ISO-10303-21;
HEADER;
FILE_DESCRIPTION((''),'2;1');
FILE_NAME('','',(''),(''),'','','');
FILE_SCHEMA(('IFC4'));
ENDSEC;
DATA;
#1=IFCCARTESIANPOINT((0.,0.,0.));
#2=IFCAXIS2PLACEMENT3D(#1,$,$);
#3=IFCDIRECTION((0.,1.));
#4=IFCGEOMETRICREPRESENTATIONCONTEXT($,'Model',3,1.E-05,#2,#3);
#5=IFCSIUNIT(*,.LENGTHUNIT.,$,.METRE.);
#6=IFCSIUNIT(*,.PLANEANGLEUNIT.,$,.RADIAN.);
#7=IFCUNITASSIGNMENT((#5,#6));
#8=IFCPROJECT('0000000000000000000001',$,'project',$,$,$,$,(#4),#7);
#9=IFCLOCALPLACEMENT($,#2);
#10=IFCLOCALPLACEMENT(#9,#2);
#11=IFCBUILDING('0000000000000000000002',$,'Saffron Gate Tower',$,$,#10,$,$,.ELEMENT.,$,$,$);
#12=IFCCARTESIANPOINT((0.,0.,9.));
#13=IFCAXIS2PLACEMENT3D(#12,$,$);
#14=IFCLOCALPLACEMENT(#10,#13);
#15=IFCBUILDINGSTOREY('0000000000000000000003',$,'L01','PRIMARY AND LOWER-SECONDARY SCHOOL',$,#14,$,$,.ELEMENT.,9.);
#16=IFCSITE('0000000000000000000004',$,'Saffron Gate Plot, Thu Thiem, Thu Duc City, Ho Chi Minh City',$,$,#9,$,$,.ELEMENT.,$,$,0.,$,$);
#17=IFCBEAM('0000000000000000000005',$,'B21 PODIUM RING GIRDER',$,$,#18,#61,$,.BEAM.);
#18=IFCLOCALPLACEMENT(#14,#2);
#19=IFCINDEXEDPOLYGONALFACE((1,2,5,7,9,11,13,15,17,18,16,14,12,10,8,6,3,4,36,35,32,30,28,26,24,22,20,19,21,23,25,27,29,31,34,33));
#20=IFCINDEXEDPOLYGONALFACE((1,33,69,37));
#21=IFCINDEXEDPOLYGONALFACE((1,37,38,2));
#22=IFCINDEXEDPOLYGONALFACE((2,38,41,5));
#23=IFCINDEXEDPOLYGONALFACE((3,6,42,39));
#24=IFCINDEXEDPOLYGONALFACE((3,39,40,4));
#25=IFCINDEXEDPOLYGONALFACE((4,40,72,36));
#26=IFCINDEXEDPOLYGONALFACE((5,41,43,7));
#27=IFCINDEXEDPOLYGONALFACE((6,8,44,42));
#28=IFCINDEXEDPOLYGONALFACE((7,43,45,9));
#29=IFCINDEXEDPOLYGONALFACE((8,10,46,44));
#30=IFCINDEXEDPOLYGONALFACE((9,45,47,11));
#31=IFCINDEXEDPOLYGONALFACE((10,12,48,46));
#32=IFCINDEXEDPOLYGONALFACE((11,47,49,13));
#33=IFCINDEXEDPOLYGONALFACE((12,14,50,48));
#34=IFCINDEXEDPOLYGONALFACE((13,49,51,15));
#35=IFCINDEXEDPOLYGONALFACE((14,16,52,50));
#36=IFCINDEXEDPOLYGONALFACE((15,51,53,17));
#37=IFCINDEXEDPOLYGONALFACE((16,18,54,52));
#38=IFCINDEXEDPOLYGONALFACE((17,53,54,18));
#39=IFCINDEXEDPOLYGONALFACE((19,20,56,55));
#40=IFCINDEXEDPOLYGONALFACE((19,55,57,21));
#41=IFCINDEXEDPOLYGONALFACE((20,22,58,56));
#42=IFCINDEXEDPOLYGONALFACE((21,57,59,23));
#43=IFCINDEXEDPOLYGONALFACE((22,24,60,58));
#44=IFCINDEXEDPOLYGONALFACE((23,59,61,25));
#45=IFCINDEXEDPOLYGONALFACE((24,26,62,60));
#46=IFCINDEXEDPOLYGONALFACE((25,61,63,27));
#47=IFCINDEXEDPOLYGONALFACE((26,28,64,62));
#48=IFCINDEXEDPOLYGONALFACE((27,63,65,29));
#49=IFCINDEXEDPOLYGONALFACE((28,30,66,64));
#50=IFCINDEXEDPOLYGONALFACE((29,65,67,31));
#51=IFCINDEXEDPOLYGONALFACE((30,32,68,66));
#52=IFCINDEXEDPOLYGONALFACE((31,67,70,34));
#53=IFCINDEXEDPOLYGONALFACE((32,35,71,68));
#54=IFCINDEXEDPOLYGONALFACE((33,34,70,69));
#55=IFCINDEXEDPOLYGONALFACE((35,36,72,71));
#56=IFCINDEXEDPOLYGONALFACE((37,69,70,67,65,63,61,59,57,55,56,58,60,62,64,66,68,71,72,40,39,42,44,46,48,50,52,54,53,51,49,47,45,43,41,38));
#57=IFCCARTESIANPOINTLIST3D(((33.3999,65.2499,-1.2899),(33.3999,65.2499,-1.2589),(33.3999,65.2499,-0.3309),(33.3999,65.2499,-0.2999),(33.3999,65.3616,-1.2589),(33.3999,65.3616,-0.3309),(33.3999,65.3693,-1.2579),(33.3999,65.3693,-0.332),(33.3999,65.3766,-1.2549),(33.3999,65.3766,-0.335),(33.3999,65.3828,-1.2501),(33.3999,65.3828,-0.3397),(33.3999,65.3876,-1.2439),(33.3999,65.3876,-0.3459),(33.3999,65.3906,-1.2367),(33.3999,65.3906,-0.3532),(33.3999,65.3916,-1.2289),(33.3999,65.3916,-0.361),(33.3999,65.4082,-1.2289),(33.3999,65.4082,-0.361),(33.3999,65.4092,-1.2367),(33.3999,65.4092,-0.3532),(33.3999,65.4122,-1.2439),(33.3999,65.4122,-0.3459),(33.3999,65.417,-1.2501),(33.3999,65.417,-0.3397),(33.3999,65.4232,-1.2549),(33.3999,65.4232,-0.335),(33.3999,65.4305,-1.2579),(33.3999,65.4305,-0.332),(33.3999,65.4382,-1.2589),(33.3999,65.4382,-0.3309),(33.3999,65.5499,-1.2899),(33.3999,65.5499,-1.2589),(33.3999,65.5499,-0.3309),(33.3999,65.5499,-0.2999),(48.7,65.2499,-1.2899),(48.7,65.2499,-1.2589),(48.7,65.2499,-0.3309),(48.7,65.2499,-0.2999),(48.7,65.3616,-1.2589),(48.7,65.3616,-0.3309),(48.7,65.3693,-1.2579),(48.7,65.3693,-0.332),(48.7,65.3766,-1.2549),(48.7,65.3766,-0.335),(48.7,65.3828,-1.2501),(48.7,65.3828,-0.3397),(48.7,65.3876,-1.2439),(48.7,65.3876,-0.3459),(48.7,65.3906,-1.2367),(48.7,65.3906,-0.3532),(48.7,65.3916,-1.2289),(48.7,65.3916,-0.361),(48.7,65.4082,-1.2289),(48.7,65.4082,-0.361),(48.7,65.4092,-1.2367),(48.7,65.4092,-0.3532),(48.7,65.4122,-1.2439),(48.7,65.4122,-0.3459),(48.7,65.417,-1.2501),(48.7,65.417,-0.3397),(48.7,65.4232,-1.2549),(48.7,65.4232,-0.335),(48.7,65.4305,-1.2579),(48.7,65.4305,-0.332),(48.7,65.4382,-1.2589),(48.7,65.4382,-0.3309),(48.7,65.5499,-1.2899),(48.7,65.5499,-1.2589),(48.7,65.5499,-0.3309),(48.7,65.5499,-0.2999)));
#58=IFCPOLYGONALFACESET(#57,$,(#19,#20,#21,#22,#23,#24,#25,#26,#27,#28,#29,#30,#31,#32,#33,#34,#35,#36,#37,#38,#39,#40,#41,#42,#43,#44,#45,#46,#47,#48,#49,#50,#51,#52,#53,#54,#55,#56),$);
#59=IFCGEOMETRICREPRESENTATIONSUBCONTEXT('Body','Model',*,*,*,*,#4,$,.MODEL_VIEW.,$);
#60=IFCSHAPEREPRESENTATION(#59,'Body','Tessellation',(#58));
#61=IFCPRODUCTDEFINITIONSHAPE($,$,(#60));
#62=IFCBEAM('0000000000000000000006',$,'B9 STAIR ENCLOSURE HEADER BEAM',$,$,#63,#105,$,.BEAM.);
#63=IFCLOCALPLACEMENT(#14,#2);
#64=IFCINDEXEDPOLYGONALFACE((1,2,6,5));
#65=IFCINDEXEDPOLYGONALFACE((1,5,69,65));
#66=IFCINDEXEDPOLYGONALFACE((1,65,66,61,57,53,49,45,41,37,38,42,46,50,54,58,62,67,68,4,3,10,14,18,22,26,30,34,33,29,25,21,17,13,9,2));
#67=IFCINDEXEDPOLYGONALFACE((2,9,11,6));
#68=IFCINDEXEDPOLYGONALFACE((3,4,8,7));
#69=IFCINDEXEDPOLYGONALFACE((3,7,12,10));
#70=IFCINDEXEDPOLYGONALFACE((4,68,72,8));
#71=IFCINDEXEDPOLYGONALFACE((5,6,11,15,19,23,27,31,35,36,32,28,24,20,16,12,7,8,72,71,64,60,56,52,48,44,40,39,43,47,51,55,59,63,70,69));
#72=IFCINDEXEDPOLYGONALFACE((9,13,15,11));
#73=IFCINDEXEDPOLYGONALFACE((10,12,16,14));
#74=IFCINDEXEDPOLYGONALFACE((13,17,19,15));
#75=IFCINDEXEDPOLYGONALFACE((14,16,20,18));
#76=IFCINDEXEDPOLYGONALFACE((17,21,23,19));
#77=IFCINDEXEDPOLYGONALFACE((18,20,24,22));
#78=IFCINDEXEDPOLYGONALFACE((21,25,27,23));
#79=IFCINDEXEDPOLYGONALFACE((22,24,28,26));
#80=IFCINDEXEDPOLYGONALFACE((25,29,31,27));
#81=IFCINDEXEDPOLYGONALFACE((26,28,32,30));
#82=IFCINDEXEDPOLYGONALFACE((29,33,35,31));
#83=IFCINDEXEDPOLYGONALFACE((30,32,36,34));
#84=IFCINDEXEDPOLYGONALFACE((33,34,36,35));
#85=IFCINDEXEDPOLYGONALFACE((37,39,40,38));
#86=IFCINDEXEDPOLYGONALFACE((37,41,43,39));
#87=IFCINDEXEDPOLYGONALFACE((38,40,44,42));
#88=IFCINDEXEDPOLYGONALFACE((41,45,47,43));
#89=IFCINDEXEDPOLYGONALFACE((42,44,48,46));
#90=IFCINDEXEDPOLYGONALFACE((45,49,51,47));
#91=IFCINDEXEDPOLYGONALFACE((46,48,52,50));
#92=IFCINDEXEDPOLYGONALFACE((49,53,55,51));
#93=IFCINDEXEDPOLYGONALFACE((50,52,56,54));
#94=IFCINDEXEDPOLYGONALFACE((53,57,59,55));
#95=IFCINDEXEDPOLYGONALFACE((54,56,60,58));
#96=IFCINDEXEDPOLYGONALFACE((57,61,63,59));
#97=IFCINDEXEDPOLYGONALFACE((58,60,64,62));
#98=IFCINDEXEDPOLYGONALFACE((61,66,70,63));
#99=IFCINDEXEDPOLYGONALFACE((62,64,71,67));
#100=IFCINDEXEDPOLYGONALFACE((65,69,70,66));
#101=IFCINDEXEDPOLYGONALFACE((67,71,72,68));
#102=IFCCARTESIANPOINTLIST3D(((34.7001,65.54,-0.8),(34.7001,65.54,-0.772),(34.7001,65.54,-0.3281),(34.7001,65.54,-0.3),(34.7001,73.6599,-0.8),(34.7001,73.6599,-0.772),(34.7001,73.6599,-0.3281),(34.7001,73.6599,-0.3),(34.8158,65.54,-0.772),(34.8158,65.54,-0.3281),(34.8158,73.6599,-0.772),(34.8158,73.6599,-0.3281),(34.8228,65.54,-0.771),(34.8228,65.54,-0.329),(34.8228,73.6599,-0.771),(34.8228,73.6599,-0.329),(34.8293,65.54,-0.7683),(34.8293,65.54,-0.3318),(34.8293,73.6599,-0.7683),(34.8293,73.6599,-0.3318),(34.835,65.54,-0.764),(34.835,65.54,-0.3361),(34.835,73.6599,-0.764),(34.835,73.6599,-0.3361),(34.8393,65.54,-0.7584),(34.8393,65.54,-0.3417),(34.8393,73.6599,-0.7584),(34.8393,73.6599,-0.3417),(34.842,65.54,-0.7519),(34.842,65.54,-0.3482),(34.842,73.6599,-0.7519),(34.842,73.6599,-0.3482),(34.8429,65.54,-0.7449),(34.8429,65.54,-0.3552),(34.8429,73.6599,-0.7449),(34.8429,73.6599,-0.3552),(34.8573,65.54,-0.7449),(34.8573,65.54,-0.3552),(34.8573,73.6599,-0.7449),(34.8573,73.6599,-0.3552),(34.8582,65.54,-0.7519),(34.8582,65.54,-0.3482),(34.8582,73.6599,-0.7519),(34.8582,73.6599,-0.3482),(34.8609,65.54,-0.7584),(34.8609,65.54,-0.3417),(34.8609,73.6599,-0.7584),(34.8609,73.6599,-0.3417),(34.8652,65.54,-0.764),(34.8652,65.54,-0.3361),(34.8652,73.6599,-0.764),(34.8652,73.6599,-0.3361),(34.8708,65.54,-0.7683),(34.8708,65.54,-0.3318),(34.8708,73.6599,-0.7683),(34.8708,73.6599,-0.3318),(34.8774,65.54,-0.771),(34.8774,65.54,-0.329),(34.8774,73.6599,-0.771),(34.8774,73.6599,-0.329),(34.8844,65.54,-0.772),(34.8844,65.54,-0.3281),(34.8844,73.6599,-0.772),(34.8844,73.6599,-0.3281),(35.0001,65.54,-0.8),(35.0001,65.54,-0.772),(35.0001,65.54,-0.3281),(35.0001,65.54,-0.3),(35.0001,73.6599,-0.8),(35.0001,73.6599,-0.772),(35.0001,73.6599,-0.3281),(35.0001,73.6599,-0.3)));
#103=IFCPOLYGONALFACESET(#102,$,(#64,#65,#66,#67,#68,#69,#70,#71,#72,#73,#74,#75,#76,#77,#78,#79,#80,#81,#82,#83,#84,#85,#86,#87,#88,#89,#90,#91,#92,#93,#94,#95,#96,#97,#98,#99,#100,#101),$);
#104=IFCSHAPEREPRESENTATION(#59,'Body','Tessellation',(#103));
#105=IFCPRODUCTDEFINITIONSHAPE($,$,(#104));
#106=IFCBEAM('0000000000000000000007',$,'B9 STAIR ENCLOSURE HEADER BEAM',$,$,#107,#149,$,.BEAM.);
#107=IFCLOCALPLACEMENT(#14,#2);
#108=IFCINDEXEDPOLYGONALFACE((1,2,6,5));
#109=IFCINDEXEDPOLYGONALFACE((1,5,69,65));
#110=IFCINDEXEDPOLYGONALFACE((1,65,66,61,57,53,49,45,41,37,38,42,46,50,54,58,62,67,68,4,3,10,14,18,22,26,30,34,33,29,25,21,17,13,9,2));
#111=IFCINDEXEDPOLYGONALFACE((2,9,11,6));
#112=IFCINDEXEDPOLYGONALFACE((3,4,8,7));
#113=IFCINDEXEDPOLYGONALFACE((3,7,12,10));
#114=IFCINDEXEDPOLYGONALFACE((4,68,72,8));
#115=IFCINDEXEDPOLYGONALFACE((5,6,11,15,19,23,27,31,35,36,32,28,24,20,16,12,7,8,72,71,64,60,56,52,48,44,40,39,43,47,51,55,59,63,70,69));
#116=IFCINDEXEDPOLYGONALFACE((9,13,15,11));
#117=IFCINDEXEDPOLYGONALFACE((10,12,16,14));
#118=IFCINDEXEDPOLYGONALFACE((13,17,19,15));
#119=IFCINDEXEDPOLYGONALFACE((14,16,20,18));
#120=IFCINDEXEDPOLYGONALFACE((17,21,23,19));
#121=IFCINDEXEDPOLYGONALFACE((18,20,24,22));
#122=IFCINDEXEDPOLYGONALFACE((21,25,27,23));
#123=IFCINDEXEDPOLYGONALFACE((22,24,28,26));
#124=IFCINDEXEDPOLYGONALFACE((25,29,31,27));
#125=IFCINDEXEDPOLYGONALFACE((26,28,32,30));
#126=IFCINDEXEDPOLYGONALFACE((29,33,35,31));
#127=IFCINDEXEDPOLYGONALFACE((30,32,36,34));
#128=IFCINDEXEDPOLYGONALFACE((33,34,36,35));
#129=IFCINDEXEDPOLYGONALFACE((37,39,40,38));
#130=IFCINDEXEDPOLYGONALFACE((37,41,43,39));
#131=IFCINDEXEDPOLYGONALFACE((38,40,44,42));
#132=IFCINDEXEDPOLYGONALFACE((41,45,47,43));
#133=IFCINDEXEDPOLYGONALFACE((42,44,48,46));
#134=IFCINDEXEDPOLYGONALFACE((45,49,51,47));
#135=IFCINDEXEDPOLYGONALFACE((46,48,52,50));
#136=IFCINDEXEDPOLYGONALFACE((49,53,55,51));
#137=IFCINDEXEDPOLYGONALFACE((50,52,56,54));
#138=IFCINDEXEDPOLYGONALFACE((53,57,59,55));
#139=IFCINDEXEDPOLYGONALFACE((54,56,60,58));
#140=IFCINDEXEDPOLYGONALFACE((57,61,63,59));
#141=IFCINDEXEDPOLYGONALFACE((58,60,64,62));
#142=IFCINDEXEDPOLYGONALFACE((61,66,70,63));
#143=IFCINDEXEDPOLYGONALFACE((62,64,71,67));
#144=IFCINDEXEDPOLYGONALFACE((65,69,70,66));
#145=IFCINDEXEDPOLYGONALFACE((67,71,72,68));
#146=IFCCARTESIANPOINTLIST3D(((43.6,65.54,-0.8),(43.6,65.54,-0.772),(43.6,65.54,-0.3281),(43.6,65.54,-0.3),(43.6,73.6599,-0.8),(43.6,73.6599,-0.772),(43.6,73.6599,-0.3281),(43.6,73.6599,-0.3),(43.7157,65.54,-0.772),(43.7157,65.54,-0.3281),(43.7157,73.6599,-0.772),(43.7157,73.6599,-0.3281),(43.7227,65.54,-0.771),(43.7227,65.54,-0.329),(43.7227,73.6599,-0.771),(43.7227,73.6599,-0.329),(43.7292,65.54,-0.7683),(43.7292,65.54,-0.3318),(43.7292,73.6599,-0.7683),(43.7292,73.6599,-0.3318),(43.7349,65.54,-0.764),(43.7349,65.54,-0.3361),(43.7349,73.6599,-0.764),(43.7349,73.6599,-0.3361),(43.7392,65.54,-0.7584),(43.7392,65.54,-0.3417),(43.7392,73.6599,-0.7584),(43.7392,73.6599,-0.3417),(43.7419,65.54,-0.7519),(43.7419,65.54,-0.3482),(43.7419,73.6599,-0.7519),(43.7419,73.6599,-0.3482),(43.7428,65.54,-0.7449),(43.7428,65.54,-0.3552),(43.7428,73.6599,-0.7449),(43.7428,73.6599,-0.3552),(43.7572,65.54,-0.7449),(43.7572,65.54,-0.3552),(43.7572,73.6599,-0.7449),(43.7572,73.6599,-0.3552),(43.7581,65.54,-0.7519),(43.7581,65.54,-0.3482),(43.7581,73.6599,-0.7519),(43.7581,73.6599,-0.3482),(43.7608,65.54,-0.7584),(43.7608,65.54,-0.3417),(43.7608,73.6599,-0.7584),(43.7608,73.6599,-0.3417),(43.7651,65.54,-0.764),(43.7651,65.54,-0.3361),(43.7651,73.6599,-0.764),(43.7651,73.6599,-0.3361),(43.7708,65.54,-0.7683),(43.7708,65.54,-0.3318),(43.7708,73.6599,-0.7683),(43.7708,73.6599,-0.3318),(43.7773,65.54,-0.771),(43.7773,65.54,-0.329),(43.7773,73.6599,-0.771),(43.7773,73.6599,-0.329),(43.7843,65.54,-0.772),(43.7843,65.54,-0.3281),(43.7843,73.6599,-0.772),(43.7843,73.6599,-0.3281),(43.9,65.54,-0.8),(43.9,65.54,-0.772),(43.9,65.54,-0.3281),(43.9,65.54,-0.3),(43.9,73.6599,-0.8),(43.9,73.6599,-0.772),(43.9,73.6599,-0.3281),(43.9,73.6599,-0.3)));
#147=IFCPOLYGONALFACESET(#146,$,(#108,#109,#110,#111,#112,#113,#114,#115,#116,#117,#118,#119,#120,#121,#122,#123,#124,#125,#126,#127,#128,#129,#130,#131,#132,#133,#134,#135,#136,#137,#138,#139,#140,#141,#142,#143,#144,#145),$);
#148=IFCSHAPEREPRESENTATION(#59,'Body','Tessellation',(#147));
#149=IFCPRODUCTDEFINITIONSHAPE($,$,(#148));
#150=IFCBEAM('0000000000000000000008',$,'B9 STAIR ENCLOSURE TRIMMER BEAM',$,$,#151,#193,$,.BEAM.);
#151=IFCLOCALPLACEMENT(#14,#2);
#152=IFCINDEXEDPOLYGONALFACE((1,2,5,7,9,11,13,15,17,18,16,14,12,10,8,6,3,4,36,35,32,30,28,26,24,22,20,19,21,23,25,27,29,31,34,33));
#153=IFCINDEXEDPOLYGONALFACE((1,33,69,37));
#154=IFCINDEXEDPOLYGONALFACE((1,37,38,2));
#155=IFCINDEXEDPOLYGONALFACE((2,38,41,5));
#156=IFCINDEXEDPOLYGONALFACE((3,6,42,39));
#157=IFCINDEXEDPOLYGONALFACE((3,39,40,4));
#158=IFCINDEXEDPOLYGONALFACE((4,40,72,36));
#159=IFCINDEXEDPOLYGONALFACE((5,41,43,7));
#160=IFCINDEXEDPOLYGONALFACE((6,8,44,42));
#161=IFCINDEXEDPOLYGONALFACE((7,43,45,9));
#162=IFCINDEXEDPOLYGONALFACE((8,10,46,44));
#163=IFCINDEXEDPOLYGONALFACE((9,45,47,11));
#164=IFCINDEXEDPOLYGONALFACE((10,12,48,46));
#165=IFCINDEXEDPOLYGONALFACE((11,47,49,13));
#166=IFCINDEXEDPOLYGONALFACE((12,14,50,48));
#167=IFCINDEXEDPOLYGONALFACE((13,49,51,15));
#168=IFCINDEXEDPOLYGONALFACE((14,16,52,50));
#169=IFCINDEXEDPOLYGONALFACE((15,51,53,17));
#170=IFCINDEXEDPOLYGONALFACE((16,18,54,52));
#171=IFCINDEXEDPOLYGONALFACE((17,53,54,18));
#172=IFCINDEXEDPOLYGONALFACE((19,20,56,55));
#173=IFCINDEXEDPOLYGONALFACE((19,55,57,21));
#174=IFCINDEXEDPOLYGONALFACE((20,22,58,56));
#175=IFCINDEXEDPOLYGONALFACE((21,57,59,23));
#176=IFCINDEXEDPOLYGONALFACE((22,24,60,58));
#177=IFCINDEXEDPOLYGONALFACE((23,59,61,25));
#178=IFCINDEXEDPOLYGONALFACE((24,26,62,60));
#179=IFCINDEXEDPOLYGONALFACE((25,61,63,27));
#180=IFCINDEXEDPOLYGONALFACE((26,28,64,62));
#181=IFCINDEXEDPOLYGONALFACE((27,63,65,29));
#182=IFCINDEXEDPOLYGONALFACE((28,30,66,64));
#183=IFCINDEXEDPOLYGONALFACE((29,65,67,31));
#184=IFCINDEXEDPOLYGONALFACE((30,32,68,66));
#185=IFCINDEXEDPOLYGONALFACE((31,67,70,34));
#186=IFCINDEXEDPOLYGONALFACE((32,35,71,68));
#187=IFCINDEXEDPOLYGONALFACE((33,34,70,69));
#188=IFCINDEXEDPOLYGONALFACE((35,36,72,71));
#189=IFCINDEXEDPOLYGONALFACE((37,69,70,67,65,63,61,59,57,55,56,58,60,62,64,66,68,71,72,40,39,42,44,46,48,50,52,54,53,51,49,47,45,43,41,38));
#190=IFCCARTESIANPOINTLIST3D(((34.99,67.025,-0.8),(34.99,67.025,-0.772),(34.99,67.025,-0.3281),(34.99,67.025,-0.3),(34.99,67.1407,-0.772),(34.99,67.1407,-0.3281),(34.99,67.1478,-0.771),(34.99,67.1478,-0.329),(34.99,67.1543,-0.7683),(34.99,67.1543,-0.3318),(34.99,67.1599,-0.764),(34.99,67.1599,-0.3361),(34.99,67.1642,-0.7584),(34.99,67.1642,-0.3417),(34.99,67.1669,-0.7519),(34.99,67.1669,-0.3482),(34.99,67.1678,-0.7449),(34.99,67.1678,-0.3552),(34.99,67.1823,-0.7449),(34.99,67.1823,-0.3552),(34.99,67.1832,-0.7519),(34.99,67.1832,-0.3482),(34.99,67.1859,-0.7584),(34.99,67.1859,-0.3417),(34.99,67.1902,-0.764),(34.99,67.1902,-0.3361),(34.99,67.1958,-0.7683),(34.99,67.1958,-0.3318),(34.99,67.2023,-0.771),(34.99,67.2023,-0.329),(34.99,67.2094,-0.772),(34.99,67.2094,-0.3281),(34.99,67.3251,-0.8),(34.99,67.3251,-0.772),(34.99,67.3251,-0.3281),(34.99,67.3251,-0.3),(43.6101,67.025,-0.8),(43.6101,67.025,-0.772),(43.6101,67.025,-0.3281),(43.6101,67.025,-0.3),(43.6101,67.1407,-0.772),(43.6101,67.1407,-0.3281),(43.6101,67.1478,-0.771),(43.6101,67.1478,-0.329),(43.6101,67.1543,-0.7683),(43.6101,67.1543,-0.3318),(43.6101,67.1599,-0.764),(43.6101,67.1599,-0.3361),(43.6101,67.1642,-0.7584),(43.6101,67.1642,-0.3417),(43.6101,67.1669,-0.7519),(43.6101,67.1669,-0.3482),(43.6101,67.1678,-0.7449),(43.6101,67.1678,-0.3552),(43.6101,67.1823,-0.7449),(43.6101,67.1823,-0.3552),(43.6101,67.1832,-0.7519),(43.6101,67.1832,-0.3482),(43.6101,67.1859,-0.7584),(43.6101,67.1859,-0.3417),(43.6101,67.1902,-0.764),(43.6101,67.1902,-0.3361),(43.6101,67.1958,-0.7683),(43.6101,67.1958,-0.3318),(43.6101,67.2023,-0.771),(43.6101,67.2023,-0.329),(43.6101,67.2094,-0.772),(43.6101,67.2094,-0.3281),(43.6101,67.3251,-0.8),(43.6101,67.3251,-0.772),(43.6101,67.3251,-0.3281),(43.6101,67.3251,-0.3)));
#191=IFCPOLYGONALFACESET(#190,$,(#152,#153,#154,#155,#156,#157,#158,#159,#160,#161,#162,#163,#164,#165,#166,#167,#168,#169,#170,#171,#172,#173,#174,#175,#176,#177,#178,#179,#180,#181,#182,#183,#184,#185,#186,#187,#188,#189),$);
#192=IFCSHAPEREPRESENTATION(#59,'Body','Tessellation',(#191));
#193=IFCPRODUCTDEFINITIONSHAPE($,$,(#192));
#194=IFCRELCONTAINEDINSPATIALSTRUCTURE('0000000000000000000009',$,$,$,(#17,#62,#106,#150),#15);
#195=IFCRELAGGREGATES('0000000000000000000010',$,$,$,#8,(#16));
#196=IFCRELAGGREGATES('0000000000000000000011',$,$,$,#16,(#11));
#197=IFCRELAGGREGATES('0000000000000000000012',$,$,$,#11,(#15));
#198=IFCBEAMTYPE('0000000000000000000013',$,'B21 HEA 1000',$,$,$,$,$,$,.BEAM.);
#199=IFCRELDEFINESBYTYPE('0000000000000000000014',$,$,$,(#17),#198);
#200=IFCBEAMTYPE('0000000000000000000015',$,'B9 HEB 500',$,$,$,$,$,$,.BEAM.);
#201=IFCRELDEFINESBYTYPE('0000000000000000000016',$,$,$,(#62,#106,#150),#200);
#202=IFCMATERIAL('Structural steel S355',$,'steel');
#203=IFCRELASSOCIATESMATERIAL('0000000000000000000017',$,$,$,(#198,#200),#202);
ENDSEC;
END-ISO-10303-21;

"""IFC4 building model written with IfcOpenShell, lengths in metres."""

from ifc_helpers import new_model, si_unit, direction, frame, origin, origin_2d, place, context, subcontext, project, spatial, i_section, extrude, material, material_profile, profile_set, type_object, element, save


model = new_model("IFC4")

# Units and contexts
model_context = context("Model", 3, precision=1e-05, world=origin(), true_north=direction((0.0, 1.0)))
body_context = subcontext(model_context, "Body", "Model", "MODEL_VIEW")
ifc_project = project(units=[si_unit("LENGTHUNIT", "METRE"), si_unit("PLANEANGLEUNIT", "RADIAN")], contexts=[model_context])

# Site, building, storey
site_placement = place(None, origin())
site = spatial("IfcSite", under=ifc_project, at=site_placement, Name="Saffron Gate Plot, Thu Thiem, Thu Duc City, Ho Chi Minh City", CompositionType="ELEMENT", RefElevation=0.0)
building_placement = place(site_placement, origin())
building = spatial("IfcBuilding", under=site, at=building_placement, Name="Saffron Gate Tower", CompositionType="ELEMENT")
storey_placement = place(building_placement, frame((0.0, 0.0, 9.0)))
storey = spatial("IfcBuildingStorey", under=building, at=storey_placement, Name="L01", Description="PRIMARY AND LOWER-SECONDARY SCHOOL", CompositionType="ELEMENT", Elevation=9.0)

# Beams
ifc_material_1 = material(Name="Structural steel S355", Category="steel")
ifc_material_profile_1 = material_profile(ifc_material_1, i_section(OverallWidth=0.3, OverallDepth=0.99, WebThickness=0.0166, FlangeThickness=0.031, FilletRadius=0.03, at=origin_2d()))
ifc_profile_set_1 = profile_set([ifc_material_profile_1], Name="Structural steel S355")
beam_type_1 = type_object("IfcBeamType", Name="B21 HEA 1000", PredefinedType="BEAM", material=ifc_profile_set_1)
beam_1_placement = place(storey_placement, frame((33.3999, 65.3999, -0.7949), z_axis=(1.0, 0.0, 0.0), x_axis=(0.0, 1.0, 0.0)))
element("IfcBeam", 1, at=beam_1_placement, inside=storey, type_object=beam_type_1, Name="B21 PODIUM RING GIRDER", PredefinedType="BEAM", context=body_context, shape_type="SweptSolid", body=[
    extrude(i_section(OverallWidth=0.3, OverallDepth=0.99, WebThickness=0.0166, FlangeThickness=0.031, FilletRadius=0.03, at=origin_2d()), origin(), (0.0, 0.0, 1.0), 15.3),
])
ifc_material_profile_2 = material_profile(ifc_material_1, i_section(OverallWidth=0.3, OverallDepth=0.5, WebThickness=0.0144, FlangeThickness=0.0281, FilletRadius=0.0271, at=origin_2d()))
ifc_profile_set_2 = profile_set([ifc_material_profile_2], Name="Structural steel S355")
beam_type_2 = type_object("IfcBeamType", Name="B9 HEB 500", PredefinedType="BEAM", material=ifc_profile_set_2)
for number, where, z_axis, x_axis, name in (
    (2, (34.8501, 65.54, -0.55), (0.0, 1.0, 0.0), (-1.0, 0.0, 0.0), "B9 STAIR ENCLOSURE HEADER BEAM"),
    (3, (43.75, 65.54, -0.55), (0.0, 1.0, 0.0), (-1.0, 0.0, 0.0), "B9 STAIR ENCLOSURE HEADER BEAM"),
):
    element("IfcBeam", number, at=place(storey_placement, frame(where, z_axis=z_axis, x_axis=x_axis)), inside=storey, type_object=beam_type_2, Name=name, PredefinedType="BEAM", context=body_context, shape_type="SweptSolid", body=[
        extrude(i_section(OverallWidth=0.3, OverallDepth=0.5, WebThickness=0.0144, FlangeThickness=0.0281, FilletRadius=0.0271, at=origin_2d()), origin(), (0.0, 0.0, 1.0), 8.1199),
    ])
for number, where, z_axis, x_axis, name in (
    (4, (34.99, 67.175, -0.55), (1.0, 0.0, 0.0), (0.0, 1.0, 0.0), "B9 STAIR ENCLOSURE TRIMMER BEAM"),
):
    element("IfcBeam", number, at=place(storey_placement, frame(where, z_axis=z_axis, x_axis=x_axis)), inside=storey, type_object=beam_type_2, Name=name, PredefinedType="BEAM", context=body_context, shape_type="SweptSolid", body=[
        extrude(i_section(OverallWidth=0.3, OverallDepth=0.5, WebThickness=0.0144, FlangeThickness=0.0281, FilletRadius=0.0271, at=origin_2d()), origin(), (0.0, 0.0, 1.0), 8.6201),
    ])

save(model, "model.ifc")
